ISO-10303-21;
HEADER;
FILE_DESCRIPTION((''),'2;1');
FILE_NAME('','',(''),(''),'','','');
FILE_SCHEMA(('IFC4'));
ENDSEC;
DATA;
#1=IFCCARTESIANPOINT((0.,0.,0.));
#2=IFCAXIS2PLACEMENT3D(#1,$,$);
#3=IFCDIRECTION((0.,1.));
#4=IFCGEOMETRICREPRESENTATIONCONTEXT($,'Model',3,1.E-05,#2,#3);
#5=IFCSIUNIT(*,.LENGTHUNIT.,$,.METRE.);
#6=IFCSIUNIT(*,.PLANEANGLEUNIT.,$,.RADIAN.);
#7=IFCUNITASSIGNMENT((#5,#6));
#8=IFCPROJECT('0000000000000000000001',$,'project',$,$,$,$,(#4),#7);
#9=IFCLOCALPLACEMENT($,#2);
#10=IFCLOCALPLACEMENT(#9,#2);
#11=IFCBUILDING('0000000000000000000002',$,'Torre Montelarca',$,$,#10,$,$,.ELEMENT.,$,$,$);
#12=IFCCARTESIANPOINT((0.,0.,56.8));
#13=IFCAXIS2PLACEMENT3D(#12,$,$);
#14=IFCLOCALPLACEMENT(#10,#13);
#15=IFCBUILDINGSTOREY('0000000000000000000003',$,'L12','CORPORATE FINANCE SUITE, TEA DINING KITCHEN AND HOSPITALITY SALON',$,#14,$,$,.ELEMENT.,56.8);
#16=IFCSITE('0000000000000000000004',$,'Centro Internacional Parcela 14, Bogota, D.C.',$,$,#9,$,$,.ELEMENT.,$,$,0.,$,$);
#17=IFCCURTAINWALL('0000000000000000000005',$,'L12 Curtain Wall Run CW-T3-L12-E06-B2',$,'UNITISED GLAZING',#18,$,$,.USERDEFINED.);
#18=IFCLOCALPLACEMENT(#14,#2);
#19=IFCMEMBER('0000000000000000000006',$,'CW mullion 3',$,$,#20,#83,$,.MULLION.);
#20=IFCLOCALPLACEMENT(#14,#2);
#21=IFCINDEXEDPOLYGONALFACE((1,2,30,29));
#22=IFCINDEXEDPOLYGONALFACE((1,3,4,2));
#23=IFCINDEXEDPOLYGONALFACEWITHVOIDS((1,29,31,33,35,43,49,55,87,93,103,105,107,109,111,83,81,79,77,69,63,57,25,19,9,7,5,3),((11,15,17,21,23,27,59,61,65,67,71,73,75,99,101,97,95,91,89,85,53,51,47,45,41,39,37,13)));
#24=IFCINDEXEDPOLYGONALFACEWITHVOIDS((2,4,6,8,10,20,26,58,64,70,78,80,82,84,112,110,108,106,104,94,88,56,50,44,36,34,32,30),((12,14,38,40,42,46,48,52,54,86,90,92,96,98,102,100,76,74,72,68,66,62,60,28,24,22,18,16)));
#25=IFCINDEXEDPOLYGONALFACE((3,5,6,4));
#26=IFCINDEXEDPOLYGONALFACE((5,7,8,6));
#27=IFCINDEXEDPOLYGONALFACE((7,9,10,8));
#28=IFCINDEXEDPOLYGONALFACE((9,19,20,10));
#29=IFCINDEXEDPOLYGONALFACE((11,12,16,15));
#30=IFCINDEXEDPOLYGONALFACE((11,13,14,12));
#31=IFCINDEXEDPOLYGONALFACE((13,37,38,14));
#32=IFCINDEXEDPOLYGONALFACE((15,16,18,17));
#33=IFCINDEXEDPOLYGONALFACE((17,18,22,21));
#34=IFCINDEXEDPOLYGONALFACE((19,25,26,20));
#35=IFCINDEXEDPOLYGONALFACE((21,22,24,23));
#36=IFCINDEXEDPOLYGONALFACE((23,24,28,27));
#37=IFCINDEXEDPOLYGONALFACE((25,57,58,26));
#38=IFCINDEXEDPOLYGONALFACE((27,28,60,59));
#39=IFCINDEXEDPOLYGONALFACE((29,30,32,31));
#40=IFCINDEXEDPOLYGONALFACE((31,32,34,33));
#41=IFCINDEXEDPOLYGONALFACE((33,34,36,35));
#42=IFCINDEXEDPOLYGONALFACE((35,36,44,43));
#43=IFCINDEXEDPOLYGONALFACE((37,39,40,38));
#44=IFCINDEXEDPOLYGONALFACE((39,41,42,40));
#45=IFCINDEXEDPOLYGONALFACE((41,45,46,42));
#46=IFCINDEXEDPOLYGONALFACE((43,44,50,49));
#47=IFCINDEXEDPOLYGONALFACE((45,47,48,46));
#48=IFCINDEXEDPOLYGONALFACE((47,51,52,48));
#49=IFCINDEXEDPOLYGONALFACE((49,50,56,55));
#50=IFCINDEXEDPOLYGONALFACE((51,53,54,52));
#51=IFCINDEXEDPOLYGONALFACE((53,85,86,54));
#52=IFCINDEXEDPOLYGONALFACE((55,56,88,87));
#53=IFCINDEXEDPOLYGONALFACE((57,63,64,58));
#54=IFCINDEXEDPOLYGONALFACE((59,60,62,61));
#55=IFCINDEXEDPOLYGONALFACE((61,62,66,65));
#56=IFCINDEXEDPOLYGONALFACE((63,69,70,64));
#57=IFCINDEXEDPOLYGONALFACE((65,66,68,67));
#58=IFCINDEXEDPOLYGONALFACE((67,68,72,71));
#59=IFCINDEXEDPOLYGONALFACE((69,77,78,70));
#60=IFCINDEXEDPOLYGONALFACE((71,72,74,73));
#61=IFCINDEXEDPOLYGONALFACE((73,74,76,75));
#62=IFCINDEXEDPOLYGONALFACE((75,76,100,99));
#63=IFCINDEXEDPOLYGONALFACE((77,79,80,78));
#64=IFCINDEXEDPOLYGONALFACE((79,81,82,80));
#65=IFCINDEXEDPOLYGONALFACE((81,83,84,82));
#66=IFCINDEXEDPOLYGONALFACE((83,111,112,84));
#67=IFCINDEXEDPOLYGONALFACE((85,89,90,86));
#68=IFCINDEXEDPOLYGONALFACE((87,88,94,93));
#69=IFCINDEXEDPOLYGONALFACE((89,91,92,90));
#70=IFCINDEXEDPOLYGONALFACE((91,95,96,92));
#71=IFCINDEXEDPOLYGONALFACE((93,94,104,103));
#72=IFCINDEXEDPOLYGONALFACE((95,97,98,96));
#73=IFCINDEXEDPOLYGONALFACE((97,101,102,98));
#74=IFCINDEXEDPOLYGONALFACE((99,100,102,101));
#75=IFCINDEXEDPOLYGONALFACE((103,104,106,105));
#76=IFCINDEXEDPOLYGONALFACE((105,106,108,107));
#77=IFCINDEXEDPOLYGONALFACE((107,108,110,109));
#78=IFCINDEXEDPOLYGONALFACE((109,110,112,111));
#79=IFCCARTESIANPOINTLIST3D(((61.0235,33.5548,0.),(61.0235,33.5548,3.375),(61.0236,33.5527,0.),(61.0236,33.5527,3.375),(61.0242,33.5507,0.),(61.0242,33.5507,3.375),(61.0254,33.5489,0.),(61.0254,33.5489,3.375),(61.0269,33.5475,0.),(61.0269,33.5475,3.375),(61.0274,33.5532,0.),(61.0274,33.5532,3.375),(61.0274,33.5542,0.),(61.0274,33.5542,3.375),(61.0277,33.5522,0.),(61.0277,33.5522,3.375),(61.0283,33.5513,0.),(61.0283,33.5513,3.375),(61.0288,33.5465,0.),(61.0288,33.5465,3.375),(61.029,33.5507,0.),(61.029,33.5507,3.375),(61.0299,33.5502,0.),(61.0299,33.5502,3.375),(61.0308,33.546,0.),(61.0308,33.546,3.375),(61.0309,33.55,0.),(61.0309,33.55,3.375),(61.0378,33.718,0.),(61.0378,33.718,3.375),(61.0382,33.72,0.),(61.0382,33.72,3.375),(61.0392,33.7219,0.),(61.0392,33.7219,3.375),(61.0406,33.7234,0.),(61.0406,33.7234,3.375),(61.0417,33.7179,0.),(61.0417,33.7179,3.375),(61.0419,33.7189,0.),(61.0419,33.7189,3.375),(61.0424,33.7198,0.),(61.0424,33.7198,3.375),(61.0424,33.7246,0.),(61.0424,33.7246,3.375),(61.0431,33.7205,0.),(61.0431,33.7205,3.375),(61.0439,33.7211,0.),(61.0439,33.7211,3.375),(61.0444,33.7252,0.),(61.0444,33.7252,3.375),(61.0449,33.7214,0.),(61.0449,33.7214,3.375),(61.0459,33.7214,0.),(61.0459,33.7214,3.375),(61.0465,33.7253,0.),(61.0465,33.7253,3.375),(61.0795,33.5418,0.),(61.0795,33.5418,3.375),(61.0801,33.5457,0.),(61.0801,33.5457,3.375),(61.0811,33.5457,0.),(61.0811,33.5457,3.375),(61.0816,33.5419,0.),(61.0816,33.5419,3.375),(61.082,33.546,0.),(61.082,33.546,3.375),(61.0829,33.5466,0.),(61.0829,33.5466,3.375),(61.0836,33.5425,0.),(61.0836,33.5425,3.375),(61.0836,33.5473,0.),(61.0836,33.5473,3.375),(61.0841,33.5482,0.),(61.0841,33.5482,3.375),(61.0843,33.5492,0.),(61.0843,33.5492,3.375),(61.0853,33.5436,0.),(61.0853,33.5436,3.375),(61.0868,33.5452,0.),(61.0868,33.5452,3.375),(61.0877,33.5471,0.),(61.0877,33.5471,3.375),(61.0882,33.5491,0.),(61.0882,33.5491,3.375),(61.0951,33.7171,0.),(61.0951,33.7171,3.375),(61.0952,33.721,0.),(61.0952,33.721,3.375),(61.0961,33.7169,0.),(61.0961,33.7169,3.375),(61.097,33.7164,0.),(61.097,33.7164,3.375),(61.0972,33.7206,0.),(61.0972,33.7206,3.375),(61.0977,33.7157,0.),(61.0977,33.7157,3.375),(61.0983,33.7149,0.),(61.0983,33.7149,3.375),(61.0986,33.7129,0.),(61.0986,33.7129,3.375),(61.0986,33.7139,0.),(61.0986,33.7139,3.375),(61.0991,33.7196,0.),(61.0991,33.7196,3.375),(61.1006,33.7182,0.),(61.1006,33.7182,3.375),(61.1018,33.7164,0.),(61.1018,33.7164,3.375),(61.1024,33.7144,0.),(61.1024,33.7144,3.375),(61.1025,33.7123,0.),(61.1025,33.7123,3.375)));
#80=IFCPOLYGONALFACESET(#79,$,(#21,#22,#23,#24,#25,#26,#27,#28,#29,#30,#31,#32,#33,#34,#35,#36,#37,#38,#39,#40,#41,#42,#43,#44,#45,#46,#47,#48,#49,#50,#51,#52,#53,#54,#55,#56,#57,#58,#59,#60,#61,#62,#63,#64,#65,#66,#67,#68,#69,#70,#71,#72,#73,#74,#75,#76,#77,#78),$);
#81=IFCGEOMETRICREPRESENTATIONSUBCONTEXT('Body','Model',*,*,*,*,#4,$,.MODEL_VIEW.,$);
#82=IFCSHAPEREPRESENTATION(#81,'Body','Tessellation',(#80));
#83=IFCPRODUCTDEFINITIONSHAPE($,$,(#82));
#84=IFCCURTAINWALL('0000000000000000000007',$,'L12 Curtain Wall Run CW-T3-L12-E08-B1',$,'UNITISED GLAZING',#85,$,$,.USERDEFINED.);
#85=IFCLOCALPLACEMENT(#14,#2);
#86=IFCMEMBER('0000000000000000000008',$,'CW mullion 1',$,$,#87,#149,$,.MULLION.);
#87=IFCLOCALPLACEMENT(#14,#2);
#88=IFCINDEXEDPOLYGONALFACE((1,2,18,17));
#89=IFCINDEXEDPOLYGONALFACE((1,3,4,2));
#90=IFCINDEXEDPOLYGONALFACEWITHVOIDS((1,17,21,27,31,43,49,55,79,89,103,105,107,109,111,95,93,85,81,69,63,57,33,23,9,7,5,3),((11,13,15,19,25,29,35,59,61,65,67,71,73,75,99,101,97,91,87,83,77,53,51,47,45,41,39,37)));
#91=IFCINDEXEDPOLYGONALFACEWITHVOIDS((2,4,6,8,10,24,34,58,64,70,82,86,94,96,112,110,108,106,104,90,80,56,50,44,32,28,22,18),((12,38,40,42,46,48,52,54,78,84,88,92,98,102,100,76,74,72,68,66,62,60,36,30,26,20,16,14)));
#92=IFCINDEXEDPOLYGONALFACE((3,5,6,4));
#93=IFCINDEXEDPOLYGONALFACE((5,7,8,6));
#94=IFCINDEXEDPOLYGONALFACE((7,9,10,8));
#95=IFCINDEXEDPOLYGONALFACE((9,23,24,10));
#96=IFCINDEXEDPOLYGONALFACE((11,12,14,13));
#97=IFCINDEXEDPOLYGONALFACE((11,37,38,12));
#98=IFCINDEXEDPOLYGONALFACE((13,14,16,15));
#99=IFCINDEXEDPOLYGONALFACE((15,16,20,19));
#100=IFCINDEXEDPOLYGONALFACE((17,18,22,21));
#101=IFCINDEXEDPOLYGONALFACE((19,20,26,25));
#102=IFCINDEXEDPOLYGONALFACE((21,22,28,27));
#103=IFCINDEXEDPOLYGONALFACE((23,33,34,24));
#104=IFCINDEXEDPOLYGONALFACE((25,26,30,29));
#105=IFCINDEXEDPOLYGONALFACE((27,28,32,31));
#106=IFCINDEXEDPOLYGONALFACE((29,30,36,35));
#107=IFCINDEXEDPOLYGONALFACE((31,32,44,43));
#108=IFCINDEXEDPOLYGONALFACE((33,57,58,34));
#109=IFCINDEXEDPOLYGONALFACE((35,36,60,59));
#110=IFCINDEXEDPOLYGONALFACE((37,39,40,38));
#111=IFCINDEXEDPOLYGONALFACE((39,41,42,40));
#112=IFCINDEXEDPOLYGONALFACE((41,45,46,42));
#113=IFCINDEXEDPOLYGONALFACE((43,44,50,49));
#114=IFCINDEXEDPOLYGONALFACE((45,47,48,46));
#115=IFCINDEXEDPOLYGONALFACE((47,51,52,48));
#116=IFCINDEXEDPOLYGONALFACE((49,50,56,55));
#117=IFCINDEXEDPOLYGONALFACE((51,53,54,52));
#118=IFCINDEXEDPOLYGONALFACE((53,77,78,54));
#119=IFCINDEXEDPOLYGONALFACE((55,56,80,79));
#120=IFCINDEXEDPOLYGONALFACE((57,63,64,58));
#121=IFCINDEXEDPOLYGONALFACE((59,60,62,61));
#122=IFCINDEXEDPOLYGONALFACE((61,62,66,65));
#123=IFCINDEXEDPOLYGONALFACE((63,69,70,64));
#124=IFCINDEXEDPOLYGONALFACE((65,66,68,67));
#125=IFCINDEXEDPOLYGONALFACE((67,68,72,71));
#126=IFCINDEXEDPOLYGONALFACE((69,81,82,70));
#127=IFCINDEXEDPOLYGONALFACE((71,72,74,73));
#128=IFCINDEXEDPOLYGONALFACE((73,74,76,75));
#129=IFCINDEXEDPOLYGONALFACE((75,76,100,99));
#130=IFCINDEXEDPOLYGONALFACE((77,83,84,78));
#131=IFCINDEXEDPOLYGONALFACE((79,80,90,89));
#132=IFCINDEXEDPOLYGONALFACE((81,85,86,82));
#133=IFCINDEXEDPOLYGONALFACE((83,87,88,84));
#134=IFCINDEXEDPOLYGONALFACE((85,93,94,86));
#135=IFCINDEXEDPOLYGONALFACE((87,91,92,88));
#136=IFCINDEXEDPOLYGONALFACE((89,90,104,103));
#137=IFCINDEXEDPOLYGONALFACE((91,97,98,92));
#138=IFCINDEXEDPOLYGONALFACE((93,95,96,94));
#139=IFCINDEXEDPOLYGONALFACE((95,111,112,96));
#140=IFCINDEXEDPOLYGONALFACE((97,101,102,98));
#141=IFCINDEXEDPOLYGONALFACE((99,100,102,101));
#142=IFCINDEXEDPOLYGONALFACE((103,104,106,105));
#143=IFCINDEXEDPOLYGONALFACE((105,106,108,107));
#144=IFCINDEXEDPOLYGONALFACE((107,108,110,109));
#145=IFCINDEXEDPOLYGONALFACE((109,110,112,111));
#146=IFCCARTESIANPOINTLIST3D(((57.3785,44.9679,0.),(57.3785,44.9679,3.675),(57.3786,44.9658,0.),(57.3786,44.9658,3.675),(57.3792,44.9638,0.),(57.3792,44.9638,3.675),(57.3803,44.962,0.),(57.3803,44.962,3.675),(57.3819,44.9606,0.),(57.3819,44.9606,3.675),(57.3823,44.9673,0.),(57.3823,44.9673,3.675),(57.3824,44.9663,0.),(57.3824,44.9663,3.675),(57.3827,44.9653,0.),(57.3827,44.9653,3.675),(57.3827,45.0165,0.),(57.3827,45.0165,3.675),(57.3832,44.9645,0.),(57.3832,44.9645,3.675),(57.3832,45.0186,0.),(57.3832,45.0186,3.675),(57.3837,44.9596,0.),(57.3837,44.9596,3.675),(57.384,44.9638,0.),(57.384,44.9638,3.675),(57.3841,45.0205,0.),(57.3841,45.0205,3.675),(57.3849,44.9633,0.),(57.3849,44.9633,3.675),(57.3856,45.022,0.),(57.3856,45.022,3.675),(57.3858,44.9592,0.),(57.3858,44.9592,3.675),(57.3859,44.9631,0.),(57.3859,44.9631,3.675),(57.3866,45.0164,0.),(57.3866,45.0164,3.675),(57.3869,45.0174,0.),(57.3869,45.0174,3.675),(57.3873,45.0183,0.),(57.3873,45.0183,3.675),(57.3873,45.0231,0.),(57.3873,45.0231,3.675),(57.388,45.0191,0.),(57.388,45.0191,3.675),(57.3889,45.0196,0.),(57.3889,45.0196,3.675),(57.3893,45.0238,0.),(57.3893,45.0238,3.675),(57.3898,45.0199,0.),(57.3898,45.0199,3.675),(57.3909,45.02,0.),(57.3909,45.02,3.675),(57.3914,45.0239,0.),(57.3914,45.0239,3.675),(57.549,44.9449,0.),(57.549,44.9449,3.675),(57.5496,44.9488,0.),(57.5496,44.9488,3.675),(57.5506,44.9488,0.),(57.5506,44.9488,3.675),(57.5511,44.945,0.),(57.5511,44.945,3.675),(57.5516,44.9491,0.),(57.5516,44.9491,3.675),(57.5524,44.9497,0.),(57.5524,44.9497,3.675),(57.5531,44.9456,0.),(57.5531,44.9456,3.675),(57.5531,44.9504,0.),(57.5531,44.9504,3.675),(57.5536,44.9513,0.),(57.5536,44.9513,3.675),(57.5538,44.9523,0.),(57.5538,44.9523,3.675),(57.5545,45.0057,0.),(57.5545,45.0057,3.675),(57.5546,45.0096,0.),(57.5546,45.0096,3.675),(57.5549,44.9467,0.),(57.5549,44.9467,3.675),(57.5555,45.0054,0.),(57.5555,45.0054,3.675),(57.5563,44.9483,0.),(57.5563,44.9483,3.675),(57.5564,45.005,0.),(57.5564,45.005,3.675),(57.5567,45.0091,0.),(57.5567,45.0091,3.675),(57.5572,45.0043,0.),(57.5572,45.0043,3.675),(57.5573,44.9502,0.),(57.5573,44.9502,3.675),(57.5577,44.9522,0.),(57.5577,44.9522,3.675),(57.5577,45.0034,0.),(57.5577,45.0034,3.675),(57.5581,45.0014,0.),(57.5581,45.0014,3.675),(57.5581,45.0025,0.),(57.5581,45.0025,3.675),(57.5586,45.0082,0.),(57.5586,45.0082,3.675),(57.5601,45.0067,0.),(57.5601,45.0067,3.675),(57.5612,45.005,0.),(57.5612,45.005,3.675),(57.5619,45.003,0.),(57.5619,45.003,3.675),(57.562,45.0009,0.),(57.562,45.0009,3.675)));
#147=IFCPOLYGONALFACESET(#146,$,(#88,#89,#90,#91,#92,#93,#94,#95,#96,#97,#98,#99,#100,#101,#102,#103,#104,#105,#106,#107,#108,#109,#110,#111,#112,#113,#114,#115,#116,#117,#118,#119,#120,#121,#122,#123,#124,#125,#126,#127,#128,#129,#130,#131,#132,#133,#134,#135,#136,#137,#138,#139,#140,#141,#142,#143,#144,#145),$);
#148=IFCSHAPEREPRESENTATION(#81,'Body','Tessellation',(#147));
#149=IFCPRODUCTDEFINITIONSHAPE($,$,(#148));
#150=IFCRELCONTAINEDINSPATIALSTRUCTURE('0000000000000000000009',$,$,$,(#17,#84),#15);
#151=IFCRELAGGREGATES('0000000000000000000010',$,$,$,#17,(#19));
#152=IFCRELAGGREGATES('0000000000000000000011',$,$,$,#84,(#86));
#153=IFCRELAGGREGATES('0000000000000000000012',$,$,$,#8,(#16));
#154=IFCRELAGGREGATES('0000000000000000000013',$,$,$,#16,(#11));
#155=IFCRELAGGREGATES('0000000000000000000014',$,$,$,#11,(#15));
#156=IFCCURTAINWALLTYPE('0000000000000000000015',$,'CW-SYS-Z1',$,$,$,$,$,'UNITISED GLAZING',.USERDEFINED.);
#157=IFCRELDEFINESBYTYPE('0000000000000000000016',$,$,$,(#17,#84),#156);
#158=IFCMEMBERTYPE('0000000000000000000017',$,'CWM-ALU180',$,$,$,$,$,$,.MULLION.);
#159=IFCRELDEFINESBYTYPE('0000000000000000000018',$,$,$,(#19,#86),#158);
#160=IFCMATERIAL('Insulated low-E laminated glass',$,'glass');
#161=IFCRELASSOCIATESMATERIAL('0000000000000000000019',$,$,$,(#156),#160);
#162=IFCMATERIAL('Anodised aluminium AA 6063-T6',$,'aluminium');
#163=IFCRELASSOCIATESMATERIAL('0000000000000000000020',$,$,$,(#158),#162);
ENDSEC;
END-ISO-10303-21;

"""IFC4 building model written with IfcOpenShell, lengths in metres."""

from ifc_helpers import new_model, si_unit, direction, frame, origin, origin_2d, place, context, subcontext, project, spatial, hollow_rectangle, extrude, source, transform, mapped, material, material_profile, profile_set, type_object, element, aggregate, save


model = new_model("IFC4")

# Units and contexts
model_context = context("Model", 3, precision=1e-05, world=origin(), true_north=direction((0.0, 1.0)))
body_context = subcontext(model_context, "Body", "Model", "MODEL_VIEW")
ifc_project = project(units=[si_unit("LENGTHUNIT", "METRE"), si_unit("PLANEANGLEUNIT", "RADIAN")], contexts=[model_context])

# Site, building, storey
site_placement = place(None, origin())
site = spatial("IfcSite", under=ifc_project, at=site_placement, Name="Centro Internacional Parcela 14, Bogota, D.C.", CompositionType="ELEMENT", RefElevation=0.0)
building_placement = place(site_placement, origin())
building = spatial("IfcBuilding", under=site, at=building_placement, Name="Torre Montelarca", CompositionType="ELEMENT")
storey_placement = place(building_placement, frame((0.0, 0.0, 56.8)))
storey = spatial("IfcBuildingStorey", under=building, at=storey_placement, Name="L12", Description="CORPORATE FINANCE SUITE, TEA DINING KITCHEN AND HOSPITALITY SALON", CompositionType="ELEMENT", Elevation=56.8)

# Curtain wall, member
ifc_material_1 = material(Name="Insulated low-E laminated glass", Category="glass")
curtain_wall_type = type_object("IfcCurtainWallType", Name="CW-SYS-Z1", ElementType="UNITISED GLAZING", PredefinedType="USERDEFINED", material=ifc_material_1)
ifc_material_2 = material(Name="Anodised aluminium AA 6063-T6", Category="aluminium")
ifc_material_profile_1 = material_profile(ifc_material_2, hollow_rectangle(XDim=0.0649, YDim=0.1799, WallThickness=0.0039, InnerFilletRadius=0.0039, OuterFilletRadius=0.0081, at=origin_2d()), Name="ALU65X180X4", Category="aluminium")
ifc_profile_set_1 = profile_set([ifc_material_profile_1], Name="Anodised aluminium AA 6063-T6")
member_type_1 = type_object("IfcMemberType", Name="CWM-ALU180", PredefinedType="MULLION", material=ifc_profile_set_1)
curtain_wall_1_placement = place(storey_placement, origin())
curtain_wall_1 = element("IfcCurtainWall", 1, at=curtain_wall_1_placement, inside=storey, type_object=curtain_wall_type, Name="L12 Curtain Wall Run CW-T3-L12-E06-B2", ObjectType="UNITISED GLAZING", PredefinedType="USERDEFINED")
shared_shape_1 = source(origin(), body_context, "Body", "SweptSolid", [
    extrude(hollow_rectangle(XDim=0.0649, YDim=0.1799, WallThickness=0.0039, InnerFilletRadius=0.0039, OuterFilletRadius=0.0081, at=origin_2d()), origin(), (0.0, 0.0, 1.0), 3.375),
])
member_1_placement = place(storey_placement, frame((61.063, 33.6335, 0.0), z_axis=(0.0, 0.0, 1.0), x_axis=(-0.996193, 0.087174, 0.0)))
member_1 = element("IfcMember", 2, at=member_1_placement, type_object=member_type_1, Name="CW mullion 3", PredefinedType="MULLION", context=body_context, shape_type="MappedRepresentation", body=[
    mapped(shared_shape_1, transform((0.0, 0.0, 0.0), scale=1.0)),
])

# Curtain wall, member
curtain_wall_2_placement = place(storey_placement, origin())
curtain_wall_2 = element("IfcCurtainWall", 3, at=curtain_wall_2_placement, inside=storey, type_object=curtain_wall_type, Name="L12 Curtain Wall Run CW-T3-L12-E08-B1", ObjectType="UNITISED GLAZING", PredefinedType="USERDEFINED")
shared_shape_2 = source(origin(), body_context, "Body", "SweptSolid", [
    extrude(hollow_rectangle(XDim=0.0649, YDim=0.1799, WallThickness=0.0039, InnerFilletRadius=0.0039, OuterFilletRadius=0.0081, at=origin_2d()), origin(), (0.0, 0.0, 1.0), 3.675),
])
member_2_placement = place(storey_placement, frame((57.4702, 44.9844, 0.0), z_axis=(0.0, 0.0, 1.0), x_axis=(-0.087158, -0.996195, 0.0)))
member_2 = element("IfcMember", 4, at=member_2_placement, type_object=member_type_1, Name="CW mullion 1", PredefinedType="MULLION", context=body_context, shape_type="MappedRepresentation", body=[
    mapped(shared_shape_2, transform((0.0, 0.0, 0.0), scale=1.0)),
])

aggregate(curtain_wall_1, [member_1])
aggregate(curtain_wall_2, [member_2])

save(model, "model.ifc")
